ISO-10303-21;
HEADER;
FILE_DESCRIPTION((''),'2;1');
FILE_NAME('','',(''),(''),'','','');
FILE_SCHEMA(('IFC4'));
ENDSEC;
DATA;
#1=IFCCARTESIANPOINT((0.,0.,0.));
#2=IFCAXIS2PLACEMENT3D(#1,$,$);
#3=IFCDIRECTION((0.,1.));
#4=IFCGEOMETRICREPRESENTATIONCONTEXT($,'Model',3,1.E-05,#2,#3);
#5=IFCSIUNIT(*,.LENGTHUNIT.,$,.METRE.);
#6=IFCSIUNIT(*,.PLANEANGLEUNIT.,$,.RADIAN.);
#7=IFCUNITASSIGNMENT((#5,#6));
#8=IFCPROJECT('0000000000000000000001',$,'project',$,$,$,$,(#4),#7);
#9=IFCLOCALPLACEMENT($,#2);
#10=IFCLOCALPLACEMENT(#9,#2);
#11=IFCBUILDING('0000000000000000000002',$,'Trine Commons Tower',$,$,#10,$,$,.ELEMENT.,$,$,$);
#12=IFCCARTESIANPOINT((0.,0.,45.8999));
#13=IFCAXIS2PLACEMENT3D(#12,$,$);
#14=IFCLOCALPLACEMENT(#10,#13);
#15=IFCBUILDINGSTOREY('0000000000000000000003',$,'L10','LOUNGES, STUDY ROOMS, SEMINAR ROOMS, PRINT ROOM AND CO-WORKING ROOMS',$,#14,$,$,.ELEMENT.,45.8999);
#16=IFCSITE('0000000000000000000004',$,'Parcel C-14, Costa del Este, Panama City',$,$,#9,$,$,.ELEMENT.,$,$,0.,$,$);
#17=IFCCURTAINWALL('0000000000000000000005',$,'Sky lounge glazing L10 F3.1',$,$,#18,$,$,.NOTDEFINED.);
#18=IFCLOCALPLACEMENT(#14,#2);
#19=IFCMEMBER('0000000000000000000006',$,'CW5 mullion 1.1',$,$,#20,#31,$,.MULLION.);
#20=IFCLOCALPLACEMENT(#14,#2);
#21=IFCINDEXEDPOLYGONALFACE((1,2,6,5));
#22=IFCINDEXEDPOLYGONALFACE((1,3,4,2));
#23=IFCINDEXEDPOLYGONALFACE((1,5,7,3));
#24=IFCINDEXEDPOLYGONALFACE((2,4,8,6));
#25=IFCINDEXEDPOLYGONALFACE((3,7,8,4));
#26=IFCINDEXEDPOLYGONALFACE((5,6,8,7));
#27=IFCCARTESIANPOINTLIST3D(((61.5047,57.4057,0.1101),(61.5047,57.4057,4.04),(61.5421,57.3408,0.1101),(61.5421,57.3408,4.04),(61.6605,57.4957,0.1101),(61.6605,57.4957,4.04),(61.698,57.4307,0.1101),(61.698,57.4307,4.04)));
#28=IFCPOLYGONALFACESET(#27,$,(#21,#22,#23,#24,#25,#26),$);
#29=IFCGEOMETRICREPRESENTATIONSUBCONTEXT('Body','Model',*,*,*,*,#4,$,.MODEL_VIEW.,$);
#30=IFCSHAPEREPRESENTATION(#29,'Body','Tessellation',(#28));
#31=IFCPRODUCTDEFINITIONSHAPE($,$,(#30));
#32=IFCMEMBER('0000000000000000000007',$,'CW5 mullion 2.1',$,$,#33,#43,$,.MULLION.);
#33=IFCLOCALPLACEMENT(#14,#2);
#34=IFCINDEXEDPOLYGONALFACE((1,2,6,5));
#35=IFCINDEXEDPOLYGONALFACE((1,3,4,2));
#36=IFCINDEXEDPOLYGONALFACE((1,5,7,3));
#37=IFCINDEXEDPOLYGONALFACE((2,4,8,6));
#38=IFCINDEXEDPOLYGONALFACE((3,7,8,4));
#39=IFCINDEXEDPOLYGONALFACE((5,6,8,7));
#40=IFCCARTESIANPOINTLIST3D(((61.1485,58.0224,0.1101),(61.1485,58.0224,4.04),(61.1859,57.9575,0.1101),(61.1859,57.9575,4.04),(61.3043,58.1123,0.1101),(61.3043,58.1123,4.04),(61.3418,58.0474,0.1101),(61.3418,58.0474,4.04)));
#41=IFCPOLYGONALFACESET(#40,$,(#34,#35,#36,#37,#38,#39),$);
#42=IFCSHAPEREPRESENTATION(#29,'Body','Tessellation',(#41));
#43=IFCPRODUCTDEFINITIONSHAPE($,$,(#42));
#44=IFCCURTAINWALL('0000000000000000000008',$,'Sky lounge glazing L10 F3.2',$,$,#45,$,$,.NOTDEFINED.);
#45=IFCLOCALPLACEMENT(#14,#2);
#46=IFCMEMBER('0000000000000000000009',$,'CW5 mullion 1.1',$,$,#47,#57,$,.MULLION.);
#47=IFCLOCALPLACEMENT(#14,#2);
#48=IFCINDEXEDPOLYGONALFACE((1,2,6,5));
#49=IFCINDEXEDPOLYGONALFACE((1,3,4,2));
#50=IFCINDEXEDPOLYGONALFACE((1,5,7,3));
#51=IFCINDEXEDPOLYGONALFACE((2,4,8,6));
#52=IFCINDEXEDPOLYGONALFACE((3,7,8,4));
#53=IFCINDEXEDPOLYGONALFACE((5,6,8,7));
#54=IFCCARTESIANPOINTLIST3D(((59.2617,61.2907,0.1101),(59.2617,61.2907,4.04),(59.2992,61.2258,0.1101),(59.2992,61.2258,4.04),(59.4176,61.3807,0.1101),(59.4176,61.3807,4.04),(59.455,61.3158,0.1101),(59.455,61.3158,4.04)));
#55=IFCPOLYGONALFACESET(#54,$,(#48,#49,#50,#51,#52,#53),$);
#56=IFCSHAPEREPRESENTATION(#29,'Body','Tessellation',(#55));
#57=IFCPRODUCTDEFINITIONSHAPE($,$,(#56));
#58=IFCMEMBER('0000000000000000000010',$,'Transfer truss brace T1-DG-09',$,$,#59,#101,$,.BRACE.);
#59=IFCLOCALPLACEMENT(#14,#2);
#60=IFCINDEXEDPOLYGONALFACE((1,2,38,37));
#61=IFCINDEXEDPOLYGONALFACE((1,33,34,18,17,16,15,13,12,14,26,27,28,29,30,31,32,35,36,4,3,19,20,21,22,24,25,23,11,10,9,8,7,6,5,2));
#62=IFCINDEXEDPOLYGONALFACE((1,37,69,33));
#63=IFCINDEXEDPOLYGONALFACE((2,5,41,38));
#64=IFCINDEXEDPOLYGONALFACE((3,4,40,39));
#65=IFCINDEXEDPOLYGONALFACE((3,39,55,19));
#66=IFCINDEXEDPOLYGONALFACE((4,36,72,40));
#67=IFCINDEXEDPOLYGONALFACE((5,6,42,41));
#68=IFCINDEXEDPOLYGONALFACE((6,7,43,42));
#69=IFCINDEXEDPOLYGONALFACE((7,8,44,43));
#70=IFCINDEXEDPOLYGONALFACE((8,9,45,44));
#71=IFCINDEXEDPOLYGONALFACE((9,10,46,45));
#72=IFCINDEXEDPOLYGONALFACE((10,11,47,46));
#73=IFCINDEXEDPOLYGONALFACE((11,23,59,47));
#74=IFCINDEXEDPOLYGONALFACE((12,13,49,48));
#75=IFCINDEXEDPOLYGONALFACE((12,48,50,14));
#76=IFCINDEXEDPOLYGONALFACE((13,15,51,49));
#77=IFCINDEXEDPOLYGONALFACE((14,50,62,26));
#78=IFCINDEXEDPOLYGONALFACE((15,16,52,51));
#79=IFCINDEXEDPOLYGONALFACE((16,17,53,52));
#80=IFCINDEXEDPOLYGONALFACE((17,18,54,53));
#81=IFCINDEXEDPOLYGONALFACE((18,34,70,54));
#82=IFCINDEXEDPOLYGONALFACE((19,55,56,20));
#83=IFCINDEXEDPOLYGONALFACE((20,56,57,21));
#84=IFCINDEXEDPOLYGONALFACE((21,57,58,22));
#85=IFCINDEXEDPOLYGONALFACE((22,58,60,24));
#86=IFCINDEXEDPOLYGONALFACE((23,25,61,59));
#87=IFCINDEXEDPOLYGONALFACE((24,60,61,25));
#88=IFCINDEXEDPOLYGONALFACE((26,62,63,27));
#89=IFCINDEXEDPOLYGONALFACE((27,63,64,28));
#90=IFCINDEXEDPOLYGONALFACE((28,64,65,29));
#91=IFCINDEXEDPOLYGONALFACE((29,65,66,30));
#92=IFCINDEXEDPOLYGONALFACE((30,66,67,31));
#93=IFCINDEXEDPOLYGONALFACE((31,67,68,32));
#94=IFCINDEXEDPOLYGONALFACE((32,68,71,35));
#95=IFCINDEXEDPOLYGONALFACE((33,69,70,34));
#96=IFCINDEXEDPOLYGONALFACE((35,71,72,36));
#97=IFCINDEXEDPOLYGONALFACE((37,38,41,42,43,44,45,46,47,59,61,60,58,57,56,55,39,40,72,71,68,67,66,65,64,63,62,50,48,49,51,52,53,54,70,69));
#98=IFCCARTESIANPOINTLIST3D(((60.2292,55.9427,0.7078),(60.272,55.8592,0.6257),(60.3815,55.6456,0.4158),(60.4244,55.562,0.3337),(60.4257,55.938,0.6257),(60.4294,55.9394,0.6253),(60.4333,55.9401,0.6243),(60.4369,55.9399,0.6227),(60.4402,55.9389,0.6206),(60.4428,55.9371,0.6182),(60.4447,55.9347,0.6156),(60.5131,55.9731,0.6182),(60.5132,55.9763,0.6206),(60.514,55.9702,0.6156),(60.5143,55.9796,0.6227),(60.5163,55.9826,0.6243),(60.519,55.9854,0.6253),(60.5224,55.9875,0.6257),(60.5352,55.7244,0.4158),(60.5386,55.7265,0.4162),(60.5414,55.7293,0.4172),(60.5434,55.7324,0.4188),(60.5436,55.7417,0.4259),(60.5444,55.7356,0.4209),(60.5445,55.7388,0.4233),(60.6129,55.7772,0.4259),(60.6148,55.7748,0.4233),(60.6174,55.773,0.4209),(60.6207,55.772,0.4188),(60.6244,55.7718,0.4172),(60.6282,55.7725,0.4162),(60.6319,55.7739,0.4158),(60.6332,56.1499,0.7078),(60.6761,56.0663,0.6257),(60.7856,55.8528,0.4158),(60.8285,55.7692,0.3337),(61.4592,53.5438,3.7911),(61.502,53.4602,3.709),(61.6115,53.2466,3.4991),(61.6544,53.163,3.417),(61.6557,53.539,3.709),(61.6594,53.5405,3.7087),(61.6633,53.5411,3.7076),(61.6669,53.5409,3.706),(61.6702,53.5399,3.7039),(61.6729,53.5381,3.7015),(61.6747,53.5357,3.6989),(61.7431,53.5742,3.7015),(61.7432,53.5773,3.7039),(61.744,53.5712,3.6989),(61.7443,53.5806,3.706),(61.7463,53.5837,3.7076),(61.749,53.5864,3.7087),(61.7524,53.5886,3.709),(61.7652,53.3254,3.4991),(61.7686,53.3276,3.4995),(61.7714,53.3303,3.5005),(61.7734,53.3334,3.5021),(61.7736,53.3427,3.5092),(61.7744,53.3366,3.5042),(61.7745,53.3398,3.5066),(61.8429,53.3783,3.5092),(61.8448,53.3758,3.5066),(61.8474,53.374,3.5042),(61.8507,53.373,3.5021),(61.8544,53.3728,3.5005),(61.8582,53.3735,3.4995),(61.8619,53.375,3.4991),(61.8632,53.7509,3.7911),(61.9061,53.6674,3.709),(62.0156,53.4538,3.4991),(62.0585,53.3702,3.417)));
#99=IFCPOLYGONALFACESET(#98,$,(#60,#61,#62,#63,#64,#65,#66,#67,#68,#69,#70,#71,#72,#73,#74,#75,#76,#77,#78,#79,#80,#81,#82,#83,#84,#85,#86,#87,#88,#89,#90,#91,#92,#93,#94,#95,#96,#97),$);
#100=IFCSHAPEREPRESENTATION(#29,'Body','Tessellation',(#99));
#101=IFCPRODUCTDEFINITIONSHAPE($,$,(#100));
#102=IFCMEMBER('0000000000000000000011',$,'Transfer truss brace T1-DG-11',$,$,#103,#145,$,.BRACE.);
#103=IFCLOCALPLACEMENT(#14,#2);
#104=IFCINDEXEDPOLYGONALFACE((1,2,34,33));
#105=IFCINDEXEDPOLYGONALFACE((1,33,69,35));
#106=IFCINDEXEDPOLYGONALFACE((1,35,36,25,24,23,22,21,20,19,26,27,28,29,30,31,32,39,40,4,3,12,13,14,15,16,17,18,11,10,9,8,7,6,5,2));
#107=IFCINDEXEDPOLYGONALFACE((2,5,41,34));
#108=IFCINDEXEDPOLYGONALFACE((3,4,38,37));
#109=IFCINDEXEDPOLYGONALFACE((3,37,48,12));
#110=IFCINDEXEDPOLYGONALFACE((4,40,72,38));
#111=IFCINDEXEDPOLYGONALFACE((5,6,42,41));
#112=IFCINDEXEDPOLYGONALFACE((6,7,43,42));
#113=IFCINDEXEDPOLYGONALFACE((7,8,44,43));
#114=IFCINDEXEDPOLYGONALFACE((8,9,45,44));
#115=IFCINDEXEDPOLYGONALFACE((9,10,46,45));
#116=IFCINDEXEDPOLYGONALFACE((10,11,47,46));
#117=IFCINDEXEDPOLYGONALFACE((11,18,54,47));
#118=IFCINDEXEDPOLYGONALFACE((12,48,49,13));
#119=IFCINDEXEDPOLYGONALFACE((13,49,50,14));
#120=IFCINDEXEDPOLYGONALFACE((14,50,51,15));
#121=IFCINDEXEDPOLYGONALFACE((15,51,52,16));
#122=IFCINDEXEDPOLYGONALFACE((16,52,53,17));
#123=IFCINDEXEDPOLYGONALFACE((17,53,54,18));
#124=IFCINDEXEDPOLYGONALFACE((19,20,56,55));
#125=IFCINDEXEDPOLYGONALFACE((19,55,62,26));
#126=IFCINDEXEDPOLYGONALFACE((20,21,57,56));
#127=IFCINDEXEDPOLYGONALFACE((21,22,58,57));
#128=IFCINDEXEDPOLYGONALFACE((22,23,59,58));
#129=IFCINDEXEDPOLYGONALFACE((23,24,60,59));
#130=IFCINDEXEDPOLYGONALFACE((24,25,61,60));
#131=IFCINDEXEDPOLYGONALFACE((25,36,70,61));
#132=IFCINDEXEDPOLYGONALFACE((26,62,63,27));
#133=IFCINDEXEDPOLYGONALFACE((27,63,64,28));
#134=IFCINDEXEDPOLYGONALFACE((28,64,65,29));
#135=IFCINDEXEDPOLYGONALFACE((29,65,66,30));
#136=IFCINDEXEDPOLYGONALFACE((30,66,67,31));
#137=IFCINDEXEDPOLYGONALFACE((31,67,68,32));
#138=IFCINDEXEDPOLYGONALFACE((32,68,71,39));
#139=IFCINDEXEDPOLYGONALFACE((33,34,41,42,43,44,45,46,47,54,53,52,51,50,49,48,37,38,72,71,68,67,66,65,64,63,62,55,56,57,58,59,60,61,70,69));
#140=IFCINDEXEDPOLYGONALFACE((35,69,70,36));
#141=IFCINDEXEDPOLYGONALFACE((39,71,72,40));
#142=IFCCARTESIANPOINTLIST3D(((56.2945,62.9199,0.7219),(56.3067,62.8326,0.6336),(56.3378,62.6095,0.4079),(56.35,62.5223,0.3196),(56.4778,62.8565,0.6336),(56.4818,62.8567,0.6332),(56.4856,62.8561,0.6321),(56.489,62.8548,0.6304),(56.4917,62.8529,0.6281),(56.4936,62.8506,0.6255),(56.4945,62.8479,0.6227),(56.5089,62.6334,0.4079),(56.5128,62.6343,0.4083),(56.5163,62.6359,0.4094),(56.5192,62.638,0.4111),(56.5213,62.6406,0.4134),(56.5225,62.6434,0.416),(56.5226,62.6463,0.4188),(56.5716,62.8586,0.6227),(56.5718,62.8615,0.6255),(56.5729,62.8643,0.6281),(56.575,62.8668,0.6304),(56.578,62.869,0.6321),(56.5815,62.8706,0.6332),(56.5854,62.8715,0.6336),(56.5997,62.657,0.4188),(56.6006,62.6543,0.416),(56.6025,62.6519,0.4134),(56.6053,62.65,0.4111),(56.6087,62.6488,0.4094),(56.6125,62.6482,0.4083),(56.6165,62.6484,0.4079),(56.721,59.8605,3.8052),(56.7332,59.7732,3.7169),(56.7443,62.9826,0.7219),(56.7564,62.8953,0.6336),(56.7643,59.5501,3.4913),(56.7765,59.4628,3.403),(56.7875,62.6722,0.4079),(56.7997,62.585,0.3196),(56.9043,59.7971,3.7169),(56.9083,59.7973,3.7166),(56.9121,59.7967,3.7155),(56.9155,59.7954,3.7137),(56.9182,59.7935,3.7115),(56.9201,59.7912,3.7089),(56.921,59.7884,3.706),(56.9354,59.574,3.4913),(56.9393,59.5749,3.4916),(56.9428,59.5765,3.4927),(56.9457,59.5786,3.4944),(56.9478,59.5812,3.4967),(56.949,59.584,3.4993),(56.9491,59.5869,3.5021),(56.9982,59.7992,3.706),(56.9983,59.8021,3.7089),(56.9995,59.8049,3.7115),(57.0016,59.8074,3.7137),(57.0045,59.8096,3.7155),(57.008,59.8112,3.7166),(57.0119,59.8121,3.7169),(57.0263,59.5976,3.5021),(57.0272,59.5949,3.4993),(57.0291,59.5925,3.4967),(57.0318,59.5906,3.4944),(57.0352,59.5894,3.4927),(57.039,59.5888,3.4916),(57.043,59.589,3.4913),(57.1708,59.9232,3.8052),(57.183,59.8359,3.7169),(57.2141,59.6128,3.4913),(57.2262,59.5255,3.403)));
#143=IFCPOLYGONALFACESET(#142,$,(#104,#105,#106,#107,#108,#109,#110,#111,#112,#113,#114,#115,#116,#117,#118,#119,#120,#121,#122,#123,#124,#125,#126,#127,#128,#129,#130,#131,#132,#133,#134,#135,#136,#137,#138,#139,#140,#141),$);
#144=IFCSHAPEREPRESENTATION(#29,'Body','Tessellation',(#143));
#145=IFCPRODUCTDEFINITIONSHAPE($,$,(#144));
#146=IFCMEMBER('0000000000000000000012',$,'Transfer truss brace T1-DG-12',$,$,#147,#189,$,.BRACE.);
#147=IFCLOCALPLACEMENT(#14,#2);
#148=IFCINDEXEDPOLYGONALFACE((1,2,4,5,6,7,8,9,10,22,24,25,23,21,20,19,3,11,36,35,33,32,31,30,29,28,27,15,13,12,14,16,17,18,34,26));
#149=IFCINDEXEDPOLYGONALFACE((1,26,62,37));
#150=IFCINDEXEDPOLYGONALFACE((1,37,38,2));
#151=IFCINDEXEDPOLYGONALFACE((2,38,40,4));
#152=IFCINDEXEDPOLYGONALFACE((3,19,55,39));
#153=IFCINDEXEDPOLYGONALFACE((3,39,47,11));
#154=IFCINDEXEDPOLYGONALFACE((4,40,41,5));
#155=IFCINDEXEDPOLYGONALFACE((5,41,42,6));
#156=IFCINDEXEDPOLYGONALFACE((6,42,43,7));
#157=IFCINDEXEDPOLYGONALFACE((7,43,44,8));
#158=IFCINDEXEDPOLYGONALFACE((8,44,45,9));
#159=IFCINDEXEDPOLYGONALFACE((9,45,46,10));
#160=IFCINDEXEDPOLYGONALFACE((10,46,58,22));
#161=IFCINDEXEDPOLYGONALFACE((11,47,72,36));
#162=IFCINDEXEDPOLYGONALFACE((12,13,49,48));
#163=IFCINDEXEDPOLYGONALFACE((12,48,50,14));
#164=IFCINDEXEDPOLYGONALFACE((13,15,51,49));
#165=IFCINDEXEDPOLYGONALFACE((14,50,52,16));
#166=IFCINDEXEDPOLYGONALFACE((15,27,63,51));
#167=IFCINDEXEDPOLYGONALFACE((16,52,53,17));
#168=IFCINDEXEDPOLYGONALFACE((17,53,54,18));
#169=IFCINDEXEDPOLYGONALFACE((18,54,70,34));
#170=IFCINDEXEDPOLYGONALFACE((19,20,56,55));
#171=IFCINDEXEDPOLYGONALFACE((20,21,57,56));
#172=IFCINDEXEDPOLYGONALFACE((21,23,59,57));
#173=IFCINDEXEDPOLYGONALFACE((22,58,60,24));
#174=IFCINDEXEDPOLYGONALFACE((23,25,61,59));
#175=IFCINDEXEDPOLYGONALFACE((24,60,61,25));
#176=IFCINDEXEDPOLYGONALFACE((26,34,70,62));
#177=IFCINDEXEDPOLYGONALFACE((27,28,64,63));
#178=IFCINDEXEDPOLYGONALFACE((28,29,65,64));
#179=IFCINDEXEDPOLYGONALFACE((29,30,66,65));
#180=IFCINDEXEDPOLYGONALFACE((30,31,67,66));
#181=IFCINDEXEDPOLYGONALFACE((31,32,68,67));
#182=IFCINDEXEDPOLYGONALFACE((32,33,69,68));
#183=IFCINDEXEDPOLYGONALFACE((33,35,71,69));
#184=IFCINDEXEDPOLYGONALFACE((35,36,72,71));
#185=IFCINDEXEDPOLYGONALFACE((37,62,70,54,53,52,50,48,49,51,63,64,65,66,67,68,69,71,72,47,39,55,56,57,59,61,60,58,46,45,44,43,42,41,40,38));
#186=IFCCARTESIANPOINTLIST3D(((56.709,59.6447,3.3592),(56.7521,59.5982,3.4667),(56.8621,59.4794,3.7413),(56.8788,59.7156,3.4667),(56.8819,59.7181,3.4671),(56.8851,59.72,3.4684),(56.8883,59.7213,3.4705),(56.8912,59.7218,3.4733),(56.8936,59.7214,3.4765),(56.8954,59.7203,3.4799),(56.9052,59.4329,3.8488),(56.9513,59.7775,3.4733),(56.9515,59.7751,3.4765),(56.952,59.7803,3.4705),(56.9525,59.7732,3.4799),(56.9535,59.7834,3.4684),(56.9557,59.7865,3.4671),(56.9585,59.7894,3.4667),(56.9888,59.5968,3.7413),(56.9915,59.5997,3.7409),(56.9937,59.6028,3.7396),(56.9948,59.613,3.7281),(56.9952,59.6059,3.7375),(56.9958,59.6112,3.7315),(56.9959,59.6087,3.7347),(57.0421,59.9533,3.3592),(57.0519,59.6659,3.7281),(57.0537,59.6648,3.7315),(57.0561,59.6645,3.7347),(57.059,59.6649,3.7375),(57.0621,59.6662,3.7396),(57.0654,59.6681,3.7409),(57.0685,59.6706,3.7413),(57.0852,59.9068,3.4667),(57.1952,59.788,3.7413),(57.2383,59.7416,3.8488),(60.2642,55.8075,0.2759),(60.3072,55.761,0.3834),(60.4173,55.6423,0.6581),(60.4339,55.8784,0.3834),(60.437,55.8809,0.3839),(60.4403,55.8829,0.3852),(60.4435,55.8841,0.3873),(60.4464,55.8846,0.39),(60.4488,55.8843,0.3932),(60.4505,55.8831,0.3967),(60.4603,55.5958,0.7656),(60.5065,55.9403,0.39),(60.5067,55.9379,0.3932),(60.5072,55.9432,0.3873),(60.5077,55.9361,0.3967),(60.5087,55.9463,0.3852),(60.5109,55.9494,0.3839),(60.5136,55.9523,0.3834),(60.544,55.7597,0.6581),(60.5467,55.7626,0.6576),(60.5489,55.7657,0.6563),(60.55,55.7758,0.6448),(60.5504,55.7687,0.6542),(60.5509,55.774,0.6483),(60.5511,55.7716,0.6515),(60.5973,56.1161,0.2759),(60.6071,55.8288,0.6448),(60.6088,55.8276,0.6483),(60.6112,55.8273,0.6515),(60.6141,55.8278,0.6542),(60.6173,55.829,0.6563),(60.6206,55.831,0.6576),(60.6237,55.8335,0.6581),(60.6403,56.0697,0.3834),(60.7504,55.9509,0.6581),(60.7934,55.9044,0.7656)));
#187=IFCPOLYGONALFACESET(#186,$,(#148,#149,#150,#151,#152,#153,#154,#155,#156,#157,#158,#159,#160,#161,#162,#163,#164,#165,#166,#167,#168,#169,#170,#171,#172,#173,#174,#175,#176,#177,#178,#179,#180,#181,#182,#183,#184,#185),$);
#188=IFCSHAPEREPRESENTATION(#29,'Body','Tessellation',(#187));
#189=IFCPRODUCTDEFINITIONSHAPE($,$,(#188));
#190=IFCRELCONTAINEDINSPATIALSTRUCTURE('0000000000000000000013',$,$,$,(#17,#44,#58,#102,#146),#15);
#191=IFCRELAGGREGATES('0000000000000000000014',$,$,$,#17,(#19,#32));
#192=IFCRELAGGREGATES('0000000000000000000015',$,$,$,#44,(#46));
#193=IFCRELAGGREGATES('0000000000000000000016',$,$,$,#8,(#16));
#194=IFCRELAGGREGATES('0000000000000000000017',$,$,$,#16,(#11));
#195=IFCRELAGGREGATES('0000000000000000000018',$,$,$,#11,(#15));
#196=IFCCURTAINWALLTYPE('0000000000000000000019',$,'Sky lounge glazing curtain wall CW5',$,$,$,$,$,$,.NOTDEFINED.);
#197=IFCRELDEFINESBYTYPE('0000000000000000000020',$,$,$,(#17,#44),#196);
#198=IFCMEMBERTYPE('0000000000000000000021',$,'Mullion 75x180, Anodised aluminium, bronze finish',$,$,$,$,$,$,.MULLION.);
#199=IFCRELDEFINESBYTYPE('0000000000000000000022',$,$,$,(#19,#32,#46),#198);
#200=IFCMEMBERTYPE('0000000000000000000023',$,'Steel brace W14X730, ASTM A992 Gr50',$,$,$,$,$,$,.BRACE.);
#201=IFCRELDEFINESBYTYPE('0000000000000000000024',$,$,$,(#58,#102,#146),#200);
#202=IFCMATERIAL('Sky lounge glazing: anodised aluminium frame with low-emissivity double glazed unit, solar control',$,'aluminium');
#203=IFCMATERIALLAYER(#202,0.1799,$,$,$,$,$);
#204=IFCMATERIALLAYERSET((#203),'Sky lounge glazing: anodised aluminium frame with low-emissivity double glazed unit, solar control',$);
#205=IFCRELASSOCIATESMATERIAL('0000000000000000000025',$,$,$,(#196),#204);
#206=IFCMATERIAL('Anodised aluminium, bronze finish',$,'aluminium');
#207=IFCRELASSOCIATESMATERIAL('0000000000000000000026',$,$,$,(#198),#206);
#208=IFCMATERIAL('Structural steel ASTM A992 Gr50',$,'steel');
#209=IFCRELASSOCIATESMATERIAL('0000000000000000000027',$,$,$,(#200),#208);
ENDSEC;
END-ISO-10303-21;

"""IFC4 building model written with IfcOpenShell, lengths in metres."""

from ifc_helpers import new_model, si_unit, direction, frame, origin, origin_2d, place, context, subcontext, project, spatial, rectangle, i_section, extrude, material, layer, layer_set, material_profile, profile_set, type_object, element, aggregate, save


model = new_model("IFC4")

# Units and contexts
model_context = context("Model", 3, precision=1e-05, world=origin(), true_north=direction((0.0, 1.0)))
body_context = subcontext(model_context, "Body", "Model", "MODEL_VIEW")
ifc_project = project(units=[si_unit("LENGTHUNIT", "METRE"), si_unit("PLANEANGLEUNIT", "RADIAN")], contexts=[model_context])

# Site, building, storey
site_placement = place(None, origin())
site = spatial("IfcSite", under=ifc_project, at=site_placement, Name="Parcel C-14, Costa del Este, Panama City", CompositionType="ELEMENT", RefElevation=0.0)
building_placement = place(site_placement, origin())
building = spatial("IfcBuilding", under=site, at=building_placement, Name="Trine Commons Tower", CompositionType="ELEMENT")
storey_placement = place(building_placement, frame((0.0, 0.0, 45.8999)))
storey = spatial("IfcBuildingStorey", under=building, at=storey_placement, Name="L10", Description="LOUNGES, STUDY ROOMS, SEMINAR ROOMS, PRINT ROOM AND CO-WORKING ROOMS", CompositionType="ELEMENT", Elevation=45.8999)

# Curtain wall, members
ifc_material_1 = material(Name="Sky lounge glazing: anodised aluminium frame with low-emissivity double glazed unit, solar control", Category="aluminium")
ifc_layer_1 = layer(ifc_material_1, 0.1799)
ifc_layer_set_1 = layer_set([ifc_layer_1], Name="Sky lounge glazing: anodised aluminium frame with low-emissivity double glazed unit, solar control")
curtain_wall_type = type_object("IfcCurtainWallType", Name="Sky lounge glazing curtain wall CW5", PredefinedType="NOTDEFINED", material=ifc_layer_set_1)
curtain_wall_1_placement = place(storey_placement, origin())
curtain_wall_1 = element("IfcCurtainWall", 1, at=curtain_wall_1_placement, inside=storey, type_object=curtain_wall_type, Name="Sky lounge glazing L10 F3.1", PredefinedType="NOTDEFINED")
ifc_material_2 = material(Name="Anodised aluminium, bronze finish", Category="aluminium")
ifc_material_profile_1 = material_profile(ifc_material_2, rectangle(XDim=0.1799, YDim=0.075, at=origin_2d()), Name="Mullion 75x180")
ifc_profile_set_1 = profile_set([ifc_material_profile_1], Name="Anodised aluminium, bronze finish")
member_type_1 = type_object("IfcMemberType", Name="Mullion 75x180, Anodised aluminium, bronze finish", PredefinedType="MULLION", material=ifc_profile_set_1)
member_1_placement = place(storey_placement, frame((61.6013, 57.4182, 0.1101), z_axis=(0.0, 0.0, 1.0), x_axis=(-0.866025, -0.5, 0.0)))
member_1 = element("IfcMember", 2, at=member_1_placement, type_object=member_type_1, Name="CW5 mullion 1.1", PredefinedType="MULLION", context=body_context, shape_type="SweptSolid", body=[
    extrude(rectangle(XDim=0.1799, YDim=0.075, at=origin_2d()), origin(), (0.0, 0.0, 1.0), 3.9299),
])
member_2_placement = place(storey_placement, frame((61.2451, 58.0349, 0.1101), z_axis=(0.0, 0.0, 1.0), x_axis=(-0.866025, -0.5, 0.0)))
member_2 = element("IfcMember", 3, at=member_2_placement, type_object=member_type_1, Name="CW5 mullion 2.1", PredefinedType="MULLION", context=body_context, shape_type="SweptSolid", body=[
    extrude(rectangle(XDim=0.1799, YDim=0.075, at=origin_2d()), origin(), (0.0, 0.0, 1.0), 3.9299),
])

# Curtain wall, member
curtain_wall_2_placement = place(storey_placement, origin())
curtain_wall_2 = element("IfcCurtainWall", 4, at=curtain_wall_2_placement, inside=storey, type_object=curtain_wall_type, Name="Sky lounge glazing L10 F3.2", PredefinedType="NOTDEFINED")
member_3_placement = place(storey_placement, frame((59.3584, 61.3032, 0.1101), z_axis=(0.0, 0.0, 1.0), x_axis=(-0.866025, -0.5, 0.0)))
member_3 = element("IfcMember", 5, at=member_3_placement, type_object=member_type_1, Name="CW5 mullion 1.1", PredefinedType="MULLION", context=body_context, shape_type="SweptSolid", body=[
    extrude(rectangle(XDim=0.1799, YDim=0.075, at=origin_2d()), origin(), (0.0, 0.0, 1.0), 3.9299),
])

# Members
ifc_material_3 = material(Name="Structural steel ASTM A992 Gr50", Category="steel")
ifc_material_profile_2 = material_profile(ifc_material_3, i_section(OverallWidth=0.4541, OverallDepth=0.5684, WebThickness=0.0779, FlangeThickness=0.1248, FilletRadius=0.0154, at=origin_2d()), Name="W14X730")
ifc_profile_set_2 = profile_set([ifc_material_profile_2], Name="Structural steel ASTM A992 Gr50")
member_type_2 = type_object("IfcMemberType", Name="Steel brace W14X730, ASTM A992 Gr50", PredefinedType="BRACE", material=ifc_profile_set_2)
member_4_placement = place(storey_placement, frame((60.5288, 55.856, 0.5208), z_axis=(0.300316, -0.585729, 0.752816), x_axis=(0.889853, 0.456247, 0.0)))
element("IfcMember", 6, at=member_4_placement, inside=storey, type_object=member_type_2, Name="Transfer truss brace T1-DG-09", PredefinedType="BRACE", context=body_context, shape_type="SweptSolid", body=[
    extrude(i_section(OverallWidth=0.4541, OverallDepth=0.5684, WebThickness=0.0779, FlangeThickness=0.1248, FilletRadius=0.0154, at=origin_2d()), origin(), (0.0, 0.0, 1.0), 4.0957),
])
member_5_placement = place(storey_placement, frame((56.5471, 62.7524, 0.5208), z_axis=(0.097726, -0.700976, 0.706458), x_axis=(0.990421, 0.138079, 0.0)))
element("IfcMember", 7, at=member_5_placement, inside=storey, type_object=member_type_2, Name="Transfer truss brace T1-DG-11", PredefinedType="BRACE", context=body_context, shape_type="SweptSolid", body=[
    extrude(i_section(OverallWidth=0.4541, OverallDepth=0.5684, WebThickness=0.0779, FlangeThickness=0.1248, FilletRadius=0.0154, at=origin_2d()), origin(), (0.0, 0.0, 1.0), 4.3645),
])
member_6_placement = place(storey_placement, frame((60.5288, 55.856, 0.5208), z_axis=(-0.585501, 0.63194, 0.50778), x_axis=(-0.733546, -0.67964, 0.0)))
element("IfcMember", 8, at=member_6_placement, inside=storey, type_object=member_type_2, Name="Transfer truss brace T1-DG-12", PredefinedType="BRACE", context=body_context, shape_type="SweptSolid", body=[
    extrude(i_section(OverallWidth=0.4541, OverallDepth=0.5684, WebThickness=0.0779, FlangeThickness=0.1248, FilletRadius=0.0154, at=origin_2d()), origin(), (0.0, 0.0, 1.0), 6.072),
])

aggregate(curtain_wall_1, [member_1, member_2])
aggregate(curtain_wall_2, [member_3])

save(model, "model.ifc")
